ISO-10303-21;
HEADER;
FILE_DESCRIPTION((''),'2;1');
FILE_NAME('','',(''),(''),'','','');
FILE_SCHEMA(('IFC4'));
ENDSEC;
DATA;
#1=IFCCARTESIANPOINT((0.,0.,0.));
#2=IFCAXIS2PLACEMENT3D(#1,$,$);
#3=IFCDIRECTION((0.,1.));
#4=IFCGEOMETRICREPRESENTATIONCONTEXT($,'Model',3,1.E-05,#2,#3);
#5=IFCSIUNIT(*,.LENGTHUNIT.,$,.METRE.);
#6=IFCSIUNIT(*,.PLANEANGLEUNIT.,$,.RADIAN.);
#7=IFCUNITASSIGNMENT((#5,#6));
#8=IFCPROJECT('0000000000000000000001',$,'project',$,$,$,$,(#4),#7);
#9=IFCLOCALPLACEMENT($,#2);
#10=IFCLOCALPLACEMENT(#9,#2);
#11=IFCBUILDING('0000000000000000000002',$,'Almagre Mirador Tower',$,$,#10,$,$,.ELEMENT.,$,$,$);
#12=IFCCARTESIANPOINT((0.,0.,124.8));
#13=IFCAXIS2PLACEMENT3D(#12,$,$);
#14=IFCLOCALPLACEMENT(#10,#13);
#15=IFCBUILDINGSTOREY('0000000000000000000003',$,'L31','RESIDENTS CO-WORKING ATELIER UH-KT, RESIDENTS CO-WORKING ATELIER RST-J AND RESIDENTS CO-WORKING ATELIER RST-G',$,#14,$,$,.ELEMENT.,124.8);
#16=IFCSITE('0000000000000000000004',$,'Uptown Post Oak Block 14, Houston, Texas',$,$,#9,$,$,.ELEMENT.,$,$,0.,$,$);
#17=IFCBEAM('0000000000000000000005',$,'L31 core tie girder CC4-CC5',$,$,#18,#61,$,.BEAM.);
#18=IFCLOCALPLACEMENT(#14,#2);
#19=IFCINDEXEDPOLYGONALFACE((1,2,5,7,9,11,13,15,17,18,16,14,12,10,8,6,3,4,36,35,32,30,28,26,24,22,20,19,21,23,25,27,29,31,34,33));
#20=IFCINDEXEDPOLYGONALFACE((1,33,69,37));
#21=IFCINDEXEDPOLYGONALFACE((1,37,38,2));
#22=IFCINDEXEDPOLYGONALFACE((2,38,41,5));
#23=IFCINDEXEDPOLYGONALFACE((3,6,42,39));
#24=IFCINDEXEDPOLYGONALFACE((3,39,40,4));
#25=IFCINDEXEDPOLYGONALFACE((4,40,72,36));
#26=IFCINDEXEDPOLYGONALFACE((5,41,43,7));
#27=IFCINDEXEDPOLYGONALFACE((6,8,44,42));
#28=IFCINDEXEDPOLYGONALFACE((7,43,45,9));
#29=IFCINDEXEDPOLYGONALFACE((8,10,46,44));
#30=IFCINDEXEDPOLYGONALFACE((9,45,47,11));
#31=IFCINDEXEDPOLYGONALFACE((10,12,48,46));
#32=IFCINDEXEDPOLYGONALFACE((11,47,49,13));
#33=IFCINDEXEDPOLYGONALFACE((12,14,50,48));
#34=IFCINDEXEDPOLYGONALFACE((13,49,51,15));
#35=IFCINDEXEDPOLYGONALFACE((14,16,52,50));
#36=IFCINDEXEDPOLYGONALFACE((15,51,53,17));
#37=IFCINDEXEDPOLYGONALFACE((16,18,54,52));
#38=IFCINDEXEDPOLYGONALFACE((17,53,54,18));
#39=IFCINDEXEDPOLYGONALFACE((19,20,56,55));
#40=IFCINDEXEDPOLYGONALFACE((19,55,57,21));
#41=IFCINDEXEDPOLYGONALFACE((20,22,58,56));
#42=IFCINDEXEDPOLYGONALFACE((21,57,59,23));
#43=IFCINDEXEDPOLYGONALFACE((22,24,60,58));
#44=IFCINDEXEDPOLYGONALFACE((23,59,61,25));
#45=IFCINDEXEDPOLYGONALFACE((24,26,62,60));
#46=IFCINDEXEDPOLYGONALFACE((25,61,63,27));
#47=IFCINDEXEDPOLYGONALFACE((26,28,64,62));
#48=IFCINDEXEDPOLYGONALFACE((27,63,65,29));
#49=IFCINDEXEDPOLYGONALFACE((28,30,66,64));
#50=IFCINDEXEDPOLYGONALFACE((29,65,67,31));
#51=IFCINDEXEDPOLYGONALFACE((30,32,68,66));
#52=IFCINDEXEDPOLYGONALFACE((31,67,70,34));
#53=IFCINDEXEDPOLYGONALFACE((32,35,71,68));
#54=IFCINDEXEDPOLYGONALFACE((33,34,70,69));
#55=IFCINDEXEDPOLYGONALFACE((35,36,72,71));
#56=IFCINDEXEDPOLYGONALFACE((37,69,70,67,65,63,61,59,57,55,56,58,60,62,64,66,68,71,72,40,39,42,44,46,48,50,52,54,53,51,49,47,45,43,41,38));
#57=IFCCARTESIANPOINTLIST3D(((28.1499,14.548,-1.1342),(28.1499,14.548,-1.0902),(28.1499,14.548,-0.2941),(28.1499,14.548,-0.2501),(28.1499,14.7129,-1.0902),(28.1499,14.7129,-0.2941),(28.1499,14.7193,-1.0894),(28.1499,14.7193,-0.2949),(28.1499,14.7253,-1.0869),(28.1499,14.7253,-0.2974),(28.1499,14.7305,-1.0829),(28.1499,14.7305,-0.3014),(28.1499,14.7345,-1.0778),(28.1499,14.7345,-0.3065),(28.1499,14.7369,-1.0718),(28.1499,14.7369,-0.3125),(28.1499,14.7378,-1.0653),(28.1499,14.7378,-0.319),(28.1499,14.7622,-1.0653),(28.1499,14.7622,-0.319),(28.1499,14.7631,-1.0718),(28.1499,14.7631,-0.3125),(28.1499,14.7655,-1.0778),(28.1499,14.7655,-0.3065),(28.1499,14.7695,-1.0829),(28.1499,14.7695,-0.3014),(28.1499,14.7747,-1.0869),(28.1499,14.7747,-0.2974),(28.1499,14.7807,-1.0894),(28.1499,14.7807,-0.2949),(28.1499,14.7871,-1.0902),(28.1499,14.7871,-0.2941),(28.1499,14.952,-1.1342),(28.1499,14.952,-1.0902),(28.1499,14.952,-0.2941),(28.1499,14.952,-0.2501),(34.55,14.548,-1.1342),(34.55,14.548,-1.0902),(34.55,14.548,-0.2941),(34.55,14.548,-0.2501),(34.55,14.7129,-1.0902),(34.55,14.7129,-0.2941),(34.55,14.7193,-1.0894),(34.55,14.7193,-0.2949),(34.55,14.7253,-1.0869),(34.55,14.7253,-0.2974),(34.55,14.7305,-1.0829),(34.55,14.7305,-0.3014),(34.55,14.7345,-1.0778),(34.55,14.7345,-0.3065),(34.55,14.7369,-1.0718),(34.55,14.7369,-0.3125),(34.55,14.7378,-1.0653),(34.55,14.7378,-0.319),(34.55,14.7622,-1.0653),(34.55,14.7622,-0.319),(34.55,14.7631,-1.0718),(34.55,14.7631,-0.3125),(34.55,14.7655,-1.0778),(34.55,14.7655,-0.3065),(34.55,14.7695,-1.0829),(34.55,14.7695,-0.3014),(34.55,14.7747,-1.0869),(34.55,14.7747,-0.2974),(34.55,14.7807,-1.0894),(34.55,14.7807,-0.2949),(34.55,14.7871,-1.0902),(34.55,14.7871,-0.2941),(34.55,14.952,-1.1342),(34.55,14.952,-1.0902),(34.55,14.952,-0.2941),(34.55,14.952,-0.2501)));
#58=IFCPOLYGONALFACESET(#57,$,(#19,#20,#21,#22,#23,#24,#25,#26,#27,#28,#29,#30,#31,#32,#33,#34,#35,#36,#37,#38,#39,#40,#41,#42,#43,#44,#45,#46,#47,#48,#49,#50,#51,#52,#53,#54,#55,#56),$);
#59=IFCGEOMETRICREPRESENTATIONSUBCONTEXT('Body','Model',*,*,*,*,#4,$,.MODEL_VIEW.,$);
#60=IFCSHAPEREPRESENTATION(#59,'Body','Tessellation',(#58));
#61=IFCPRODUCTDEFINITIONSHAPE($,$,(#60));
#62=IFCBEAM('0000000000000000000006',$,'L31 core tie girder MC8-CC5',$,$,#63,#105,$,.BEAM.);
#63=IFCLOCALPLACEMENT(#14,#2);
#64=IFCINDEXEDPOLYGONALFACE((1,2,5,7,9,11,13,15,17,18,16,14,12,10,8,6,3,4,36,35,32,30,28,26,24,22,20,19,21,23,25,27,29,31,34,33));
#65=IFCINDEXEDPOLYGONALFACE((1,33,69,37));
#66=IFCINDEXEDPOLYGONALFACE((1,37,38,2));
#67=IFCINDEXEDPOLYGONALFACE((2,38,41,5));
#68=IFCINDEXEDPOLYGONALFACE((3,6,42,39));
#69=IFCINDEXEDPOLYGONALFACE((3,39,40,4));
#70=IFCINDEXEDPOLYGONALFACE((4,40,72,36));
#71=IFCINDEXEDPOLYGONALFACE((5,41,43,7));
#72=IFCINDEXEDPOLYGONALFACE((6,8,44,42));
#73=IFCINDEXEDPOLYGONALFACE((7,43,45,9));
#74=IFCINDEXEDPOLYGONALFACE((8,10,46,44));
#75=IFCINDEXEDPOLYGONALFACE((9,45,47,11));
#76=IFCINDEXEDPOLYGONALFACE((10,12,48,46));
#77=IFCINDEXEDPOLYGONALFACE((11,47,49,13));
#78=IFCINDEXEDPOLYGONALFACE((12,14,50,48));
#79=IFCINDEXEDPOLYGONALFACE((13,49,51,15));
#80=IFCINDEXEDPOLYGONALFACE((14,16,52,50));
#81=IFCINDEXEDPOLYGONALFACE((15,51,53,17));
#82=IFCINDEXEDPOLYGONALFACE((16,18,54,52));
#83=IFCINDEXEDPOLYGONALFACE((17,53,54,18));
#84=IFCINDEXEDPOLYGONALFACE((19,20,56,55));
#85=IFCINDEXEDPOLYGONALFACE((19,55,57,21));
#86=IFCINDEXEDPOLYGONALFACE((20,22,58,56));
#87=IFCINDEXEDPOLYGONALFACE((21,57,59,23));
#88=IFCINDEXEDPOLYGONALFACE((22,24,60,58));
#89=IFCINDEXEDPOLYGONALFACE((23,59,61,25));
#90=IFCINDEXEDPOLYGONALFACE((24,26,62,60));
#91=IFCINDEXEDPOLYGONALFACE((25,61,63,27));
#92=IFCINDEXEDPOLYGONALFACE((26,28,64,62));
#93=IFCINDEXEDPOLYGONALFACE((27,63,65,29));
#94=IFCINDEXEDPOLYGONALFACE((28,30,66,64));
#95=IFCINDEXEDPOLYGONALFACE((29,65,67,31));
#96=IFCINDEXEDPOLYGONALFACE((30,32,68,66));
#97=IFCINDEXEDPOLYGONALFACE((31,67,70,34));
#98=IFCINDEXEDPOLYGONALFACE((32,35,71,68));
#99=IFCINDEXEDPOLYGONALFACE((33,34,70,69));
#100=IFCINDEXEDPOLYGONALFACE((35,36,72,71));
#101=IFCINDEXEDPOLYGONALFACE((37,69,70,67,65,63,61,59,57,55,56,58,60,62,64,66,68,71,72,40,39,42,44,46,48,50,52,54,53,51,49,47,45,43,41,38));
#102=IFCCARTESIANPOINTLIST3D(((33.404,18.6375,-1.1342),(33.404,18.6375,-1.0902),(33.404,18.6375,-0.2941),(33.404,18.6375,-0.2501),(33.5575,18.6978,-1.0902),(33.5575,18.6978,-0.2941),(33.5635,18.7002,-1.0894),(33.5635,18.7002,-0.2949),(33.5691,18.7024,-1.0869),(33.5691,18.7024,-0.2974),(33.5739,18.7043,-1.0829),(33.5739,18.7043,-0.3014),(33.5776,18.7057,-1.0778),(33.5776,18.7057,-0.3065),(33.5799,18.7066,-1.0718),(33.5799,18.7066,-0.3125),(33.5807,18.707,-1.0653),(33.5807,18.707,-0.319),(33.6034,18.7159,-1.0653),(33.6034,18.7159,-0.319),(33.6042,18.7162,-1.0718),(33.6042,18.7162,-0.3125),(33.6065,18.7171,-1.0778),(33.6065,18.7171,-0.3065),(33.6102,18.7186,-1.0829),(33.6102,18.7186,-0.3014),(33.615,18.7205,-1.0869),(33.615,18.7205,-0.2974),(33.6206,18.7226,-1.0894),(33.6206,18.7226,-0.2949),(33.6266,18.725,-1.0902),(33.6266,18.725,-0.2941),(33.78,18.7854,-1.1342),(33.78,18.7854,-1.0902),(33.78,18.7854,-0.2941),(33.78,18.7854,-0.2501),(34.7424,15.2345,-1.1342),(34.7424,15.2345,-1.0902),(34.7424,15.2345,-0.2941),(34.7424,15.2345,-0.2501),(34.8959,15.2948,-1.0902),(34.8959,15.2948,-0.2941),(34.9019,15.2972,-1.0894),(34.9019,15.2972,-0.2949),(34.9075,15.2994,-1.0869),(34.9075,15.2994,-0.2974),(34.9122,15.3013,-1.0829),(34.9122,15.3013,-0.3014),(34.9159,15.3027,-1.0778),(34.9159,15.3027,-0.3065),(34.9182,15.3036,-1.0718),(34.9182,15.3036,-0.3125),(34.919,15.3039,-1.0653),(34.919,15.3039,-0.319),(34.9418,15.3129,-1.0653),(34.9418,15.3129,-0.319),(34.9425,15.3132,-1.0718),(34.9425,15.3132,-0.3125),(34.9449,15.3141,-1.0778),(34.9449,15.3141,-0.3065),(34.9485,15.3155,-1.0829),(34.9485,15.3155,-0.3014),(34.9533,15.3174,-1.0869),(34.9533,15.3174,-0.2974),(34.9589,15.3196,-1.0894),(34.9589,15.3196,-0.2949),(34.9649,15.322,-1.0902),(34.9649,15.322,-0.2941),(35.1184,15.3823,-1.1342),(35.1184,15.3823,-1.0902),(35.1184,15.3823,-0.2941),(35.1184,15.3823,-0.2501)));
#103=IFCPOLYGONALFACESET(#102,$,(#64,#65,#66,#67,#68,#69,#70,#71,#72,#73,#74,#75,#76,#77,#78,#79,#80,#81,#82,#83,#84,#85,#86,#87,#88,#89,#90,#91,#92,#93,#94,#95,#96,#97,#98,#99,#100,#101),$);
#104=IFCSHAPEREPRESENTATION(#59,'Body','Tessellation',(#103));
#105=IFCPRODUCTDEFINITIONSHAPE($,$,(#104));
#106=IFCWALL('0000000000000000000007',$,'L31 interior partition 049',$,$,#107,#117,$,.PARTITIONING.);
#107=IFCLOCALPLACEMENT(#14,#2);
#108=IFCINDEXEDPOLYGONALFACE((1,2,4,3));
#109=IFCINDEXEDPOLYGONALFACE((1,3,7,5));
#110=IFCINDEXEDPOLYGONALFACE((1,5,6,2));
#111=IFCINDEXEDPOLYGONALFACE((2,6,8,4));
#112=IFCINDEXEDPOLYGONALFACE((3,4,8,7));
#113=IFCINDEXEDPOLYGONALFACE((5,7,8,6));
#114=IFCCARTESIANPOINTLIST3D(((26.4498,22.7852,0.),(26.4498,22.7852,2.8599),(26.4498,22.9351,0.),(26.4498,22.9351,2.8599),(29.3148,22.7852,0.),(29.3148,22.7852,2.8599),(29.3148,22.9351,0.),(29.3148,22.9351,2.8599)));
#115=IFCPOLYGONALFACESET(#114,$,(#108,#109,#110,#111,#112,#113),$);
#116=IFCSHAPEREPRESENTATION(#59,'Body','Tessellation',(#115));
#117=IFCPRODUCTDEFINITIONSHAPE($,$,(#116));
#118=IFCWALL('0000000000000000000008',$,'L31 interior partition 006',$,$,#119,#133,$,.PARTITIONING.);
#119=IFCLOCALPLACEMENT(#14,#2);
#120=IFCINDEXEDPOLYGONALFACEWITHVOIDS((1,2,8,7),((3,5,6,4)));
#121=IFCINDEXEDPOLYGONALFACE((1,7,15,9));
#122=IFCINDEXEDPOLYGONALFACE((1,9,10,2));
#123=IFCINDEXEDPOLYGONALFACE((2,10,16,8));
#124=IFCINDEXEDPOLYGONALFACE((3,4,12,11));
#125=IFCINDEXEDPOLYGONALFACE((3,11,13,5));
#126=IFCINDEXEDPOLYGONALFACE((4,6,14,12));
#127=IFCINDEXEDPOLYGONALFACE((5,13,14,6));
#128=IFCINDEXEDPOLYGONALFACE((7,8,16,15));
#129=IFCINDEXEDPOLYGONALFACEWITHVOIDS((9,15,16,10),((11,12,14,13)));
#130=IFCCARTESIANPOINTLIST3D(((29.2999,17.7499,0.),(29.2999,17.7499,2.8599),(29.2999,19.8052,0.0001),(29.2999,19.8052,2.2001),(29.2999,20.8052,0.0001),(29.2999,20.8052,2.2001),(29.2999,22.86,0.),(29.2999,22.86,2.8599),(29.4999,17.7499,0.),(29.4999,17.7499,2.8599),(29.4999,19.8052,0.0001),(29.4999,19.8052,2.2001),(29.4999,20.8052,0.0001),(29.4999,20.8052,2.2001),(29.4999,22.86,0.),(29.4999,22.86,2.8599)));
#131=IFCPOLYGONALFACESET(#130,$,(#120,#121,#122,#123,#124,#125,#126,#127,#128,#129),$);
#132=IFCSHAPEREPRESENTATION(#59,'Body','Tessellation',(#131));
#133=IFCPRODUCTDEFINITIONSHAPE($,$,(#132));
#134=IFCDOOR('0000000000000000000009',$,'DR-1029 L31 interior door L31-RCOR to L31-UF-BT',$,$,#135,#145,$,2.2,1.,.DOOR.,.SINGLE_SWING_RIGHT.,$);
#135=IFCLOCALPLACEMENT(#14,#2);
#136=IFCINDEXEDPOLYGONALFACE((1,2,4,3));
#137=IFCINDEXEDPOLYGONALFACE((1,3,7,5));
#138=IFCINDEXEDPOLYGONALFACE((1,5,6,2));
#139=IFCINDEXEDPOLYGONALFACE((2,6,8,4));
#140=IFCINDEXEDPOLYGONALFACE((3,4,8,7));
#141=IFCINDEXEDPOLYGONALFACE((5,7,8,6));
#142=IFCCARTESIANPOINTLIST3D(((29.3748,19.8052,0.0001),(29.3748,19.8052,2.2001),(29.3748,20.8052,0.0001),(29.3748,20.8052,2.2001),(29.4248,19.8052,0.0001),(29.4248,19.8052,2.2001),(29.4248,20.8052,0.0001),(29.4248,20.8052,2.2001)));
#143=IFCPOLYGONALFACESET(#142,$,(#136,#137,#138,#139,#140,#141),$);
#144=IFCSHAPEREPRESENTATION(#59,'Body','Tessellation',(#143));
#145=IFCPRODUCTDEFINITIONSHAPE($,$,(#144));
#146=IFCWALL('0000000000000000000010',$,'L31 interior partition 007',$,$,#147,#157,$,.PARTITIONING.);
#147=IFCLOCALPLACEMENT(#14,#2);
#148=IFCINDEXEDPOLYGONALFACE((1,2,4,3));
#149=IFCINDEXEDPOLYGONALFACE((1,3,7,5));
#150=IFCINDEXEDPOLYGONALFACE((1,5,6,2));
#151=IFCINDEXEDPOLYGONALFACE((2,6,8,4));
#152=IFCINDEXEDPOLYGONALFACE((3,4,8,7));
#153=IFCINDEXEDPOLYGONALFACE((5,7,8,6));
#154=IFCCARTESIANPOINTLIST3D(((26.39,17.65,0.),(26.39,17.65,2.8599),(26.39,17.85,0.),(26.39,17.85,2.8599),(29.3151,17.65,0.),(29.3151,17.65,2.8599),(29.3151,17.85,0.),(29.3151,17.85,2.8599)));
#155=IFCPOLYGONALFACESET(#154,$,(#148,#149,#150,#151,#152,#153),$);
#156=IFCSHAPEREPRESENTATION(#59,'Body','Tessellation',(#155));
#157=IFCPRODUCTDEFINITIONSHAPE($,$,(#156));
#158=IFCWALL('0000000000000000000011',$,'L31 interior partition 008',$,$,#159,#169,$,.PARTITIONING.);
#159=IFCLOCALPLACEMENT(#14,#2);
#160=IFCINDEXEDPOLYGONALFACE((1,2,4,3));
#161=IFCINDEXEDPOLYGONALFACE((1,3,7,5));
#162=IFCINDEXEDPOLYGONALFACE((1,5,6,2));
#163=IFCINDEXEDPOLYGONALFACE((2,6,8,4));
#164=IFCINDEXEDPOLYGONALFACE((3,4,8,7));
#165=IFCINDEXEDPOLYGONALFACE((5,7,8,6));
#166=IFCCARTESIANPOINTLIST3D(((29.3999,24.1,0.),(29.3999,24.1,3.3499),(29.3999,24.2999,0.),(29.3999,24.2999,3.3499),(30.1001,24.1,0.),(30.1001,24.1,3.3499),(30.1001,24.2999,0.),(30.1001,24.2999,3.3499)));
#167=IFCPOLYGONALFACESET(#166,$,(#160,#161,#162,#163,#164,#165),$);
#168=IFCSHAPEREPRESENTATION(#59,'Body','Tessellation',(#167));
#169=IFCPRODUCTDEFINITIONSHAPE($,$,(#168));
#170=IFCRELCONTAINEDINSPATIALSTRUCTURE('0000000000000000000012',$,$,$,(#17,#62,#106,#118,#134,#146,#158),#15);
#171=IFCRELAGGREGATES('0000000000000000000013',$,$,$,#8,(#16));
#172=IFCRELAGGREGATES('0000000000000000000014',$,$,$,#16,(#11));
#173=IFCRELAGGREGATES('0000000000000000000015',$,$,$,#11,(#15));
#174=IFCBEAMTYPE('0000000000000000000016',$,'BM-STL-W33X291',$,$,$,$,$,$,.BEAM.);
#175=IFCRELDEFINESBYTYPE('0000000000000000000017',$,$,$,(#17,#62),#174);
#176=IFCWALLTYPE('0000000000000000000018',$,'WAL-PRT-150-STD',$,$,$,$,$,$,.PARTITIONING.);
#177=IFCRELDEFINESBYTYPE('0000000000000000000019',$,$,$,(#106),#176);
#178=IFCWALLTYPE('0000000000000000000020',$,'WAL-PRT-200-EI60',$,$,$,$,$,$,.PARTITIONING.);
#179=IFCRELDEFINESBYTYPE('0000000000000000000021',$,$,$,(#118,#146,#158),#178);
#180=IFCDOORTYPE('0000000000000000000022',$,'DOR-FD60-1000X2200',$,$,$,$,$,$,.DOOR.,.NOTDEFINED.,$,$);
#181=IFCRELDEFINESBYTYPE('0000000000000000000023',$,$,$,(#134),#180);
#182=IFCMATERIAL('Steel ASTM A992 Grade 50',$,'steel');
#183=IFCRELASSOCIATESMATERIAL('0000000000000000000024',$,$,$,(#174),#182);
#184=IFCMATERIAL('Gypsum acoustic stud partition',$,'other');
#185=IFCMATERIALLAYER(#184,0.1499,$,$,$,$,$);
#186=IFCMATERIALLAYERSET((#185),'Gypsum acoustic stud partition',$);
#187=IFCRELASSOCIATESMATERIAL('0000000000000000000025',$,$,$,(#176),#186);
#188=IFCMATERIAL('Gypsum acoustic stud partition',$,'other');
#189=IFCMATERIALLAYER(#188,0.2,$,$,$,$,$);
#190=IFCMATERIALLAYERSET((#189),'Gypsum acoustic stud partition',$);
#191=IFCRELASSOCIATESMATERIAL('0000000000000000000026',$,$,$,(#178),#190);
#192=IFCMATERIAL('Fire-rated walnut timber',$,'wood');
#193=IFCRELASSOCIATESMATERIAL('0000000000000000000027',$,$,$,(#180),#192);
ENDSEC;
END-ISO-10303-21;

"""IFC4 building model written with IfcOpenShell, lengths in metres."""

from ifc_helpers import new_model, si_unit, direction, frame, frame_2d, origin, origin_2d, place, context, subcontext, project, spatial, rectangle, i_section, extrude, material, layer, layer_set, material_profile, profile_set, type_object, element, fill, save


model = new_model("IFC4")

# Units and contexts
model_context = context("Model", 3, precision=1e-05, world=origin(), true_north=direction((0.0, 1.0)))
body_context = subcontext(model_context, "Body", "Model", "MODEL_VIEW")
ifc_project = project(units=[si_unit("LENGTHUNIT", "METRE"), si_unit("PLANEANGLEUNIT", "RADIAN")], contexts=[model_context])

# Site, building, storey
site_placement = place(None, origin())
site = spatial("IfcSite", under=ifc_project, at=site_placement, Name="Uptown Post Oak Block 14, Houston, Texas", CompositionType="ELEMENT", RefElevation=0.0)
building_placement = place(site_placement, origin())
building = spatial("IfcBuilding", under=site, at=building_placement, Name="Almagre Mirador Tower", CompositionType="ELEMENT")
storey_placement = place(building_placement, frame((0.0, 0.0, 124.8)))
storey = spatial("IfcBuildingStorey", under=building, at=storey_placement, Name="L31", Description="RESIDENTS CO-WORKING ATELIER UH-KT, RESIDENTS CO-WORKING ATELIER RST-J AND RESIDENTS CO-WORKING ATELIER RST-G", CompositionType="ELEMENT", Elevation=124.8)

# Beams
ifc_material_1 = material(Name="Steel ASTM A992 Grade 50", Category="steel")
ifc_material_profile_1 = material_profile(ifc_material_1, i_section(OverallWidth=0.4041, OverallDepth=0.884, WebThickness=0.0244, FlangeThickness=0.0439, FilletRadius=0.0249, at=origin_2d()), Name="W33X291")
ifc_profile_set_1 = profile_set([ifc_material_profile_1], Name="Steel ASTM A992 Grade 50")
beam_type_1 = type_object("IfcBeamType", Name="BM-STL-W33X291", PredefinedType="BEAM", material=ifc_profile_set_1)
beam_1_placement = place(storey_placement, frame((28.1499, 14.75, -0.6921), z_axis=(1.0, 0.0, 0.0), x_axis=(0.0, 1.0, 0.0)))
element("IfcBeam", 1, at=beam_1_placement, inside=storey, type_object=beam_type_1, Name="L31 core tie girder CC4-CC5", PredefinedType="BEAM", context=body_context, shape_type="SweptSolid", body=[
    extrude(i_section(OverallWidth=0.4041, OverallDepth=0.884, WebThickness=0.0244, FlangeThickness=0.0439, FilletRadius=0.0249, at=origin_2d()), origin(), (0.0, 0.0, 1.0), 6.4001),
])
beam_2_placement = place(storey_placement, frame((33.592, 18.7114, -0.6921), z_axis=(0.365997, -0.930616, 0.0), x_axis=(0.930616, 0.365997, 0.0)))
element("IfcBeam", 2, at=beam_2_placement, inside=storey, type_object=beam_type_1, Name="L31 core tie girder MC8-CC5", PredefinedType="BEAM", context=body_context, shape_type="SweptSolid", body=[
    extrude(i_section(OverallWidth=0.4041, OverallDepth=0.884, WebThickness=0.0244, FlangeThickness=0.0439, FilletRadius=0.0249, at=origin_2d()), origin(), (0.0, 0.0, 1.0), 3.6567),
])

# Wall
ifc_material_2 = material(Name="Gypsum acoustic stud partition", Category="other")
ifc_layer_1 = layer(ifc_material_2, 0.1499)
ifc_layer_set_1 = layer_set([ifc_layer_1], Name="Gypsum acoustic stud partition")
wall_type_1 = type_object("IfcWallType", Name="WAL-PRT-150-STD", PredefinedType="PARTITIONING", material=ifc_layer_set_1)
wall_1_placement = place(storey_placement, frame((29.3149, 22.8601, 0.0), z_axis=(0.0, 0.0, 1.0), x_axis=(-1.0, 0.0, 0.0)))
element("IfcWall", 3, at=wall_1_placement, inside=storey, type_object=wall_type_1, Name="L31 interior partition 049", PredefinedType="PARTITIONING", context=body_context, shape_type="SweptSolid", body=[
    extrude(rectangle(XDim=2.865, YDim=0.1499, at=frame_2d((1.4326, 0.0))), origin(), (0.0, 0.0, 1.0), 2.8599),
])

# Wall, opening, door
ifc_material_3 = material(Name="Gypsum acoustic stud partition", Category="other")
ifc_layer_2 = layer(ifc_material_3, 0.2)
ifc_layer_set_2 = layer_set([ifc_layer_2], Name="Gypsum acoustic stud partition")
wall_type_2 = type_object("IfcWallType", Name="WAL-PRT-200-EI60", PredefinedType="PARTITIONING", material=ifc_layer_set_2)
wall_2_placement = place(storey_placement, frame((29.3999, 22.8601, 0.0), z_axis=(0.0, 0.0, 1.0), x_axis=(0.0, -1.0, 0.0)))
wall_2 = element("IfcWall", 4, at=wall_2_placement, inside=storey, type_object=wall_type_2, Name="L31 interior partition 006", PredefinedType="PARTITIONING", context=body_context, shape_type="SweptSolid", body=[
    extrude(rectangle(XDim=5.1101, YDim=0.2, at=frame_2d((2.5552, 0.0))), origin(), (0.0, 0.0, 1.0), 2.8599),
])
opening_1_placement = place(wall_2_placement, frame((2.0549, 0.0, 0.0)))
opening_1 = element("IfcOpeningElement", 5, at=opening_1_placement, cuts=wall_2, PredefinedType="OPENING", context=body_context, shape_type="SweptSolid", body=[
    extrude(rectangle(XDim=1.0, YDim=2.2, at=frame_2d((0.5, 1.1001))), frame((0.0, 0.1101, 0.0), z_axis=(0.0, -1.0, 0.0), x_axis=(1.0, 0.0, 0.0)), (0.0, 0.0, 1.0), 0.22),
])
ifc_material_4 = material(Name="Fire-rated walnut timber", Category="wood")
door_type_1 = type_object("IfcDoorType", Name="DOR-FD60-1000X2200", OperationType="NOTDEFINED", PredefinedType="DOOR", material=ifc_material_4)
door_1_placement = place(opening_1_placement, origin())
door_1 = element("IfcDoor", 6, at=door_1_placement, inside=storey, type_object=door_type_1, Name="DR-1029 L31 interior door L31-RCOR to L31-UF-BT", OperationType="SINGLE_SWING_RIGHT", OverallHeight=2.2, OverallWidth=1.0, PredefinedType="DOOR", context=body_context, shape_type="SweptSolid", body=[
    extrude(rectangle(XDim=1.0, YDim=2.2, at=frame_2d((0.5, 1.1001))), frame((0.0, 0.0249, 0.0), z_axis=(0.0, -1.0, 0.0), x_axis=(1.0, 0.0, 0.0)), (0.0, 0.0, 1.0), 0.05),
])
fill(opening_1, door_1)

# Walls
wall_3_placement = place(storey_placement, frame((29.3149, 17.75, 0.0), z_axis=(0.0, 0.0, 1.0), x_axis=(-1.0, 0.0, 0.0)))
element("IfcWall", 7, at=wall_3_placement, inside=storey, type_object=wall_type_2, Name="L31 interior partition 007", PredefinedType="PARTITIONING", context=body_context, shape_type="SweptSolid", body=[
    extrude(rectangle(XDim=2.925, YDim=0.2, at=frame_2d((1.4624, 0.0))), origin(), (0.0, 0.0, 1.0), 2.8599),
])
wall_4_placement = place(storey_placement, frame((30.1001, 24.2, 0.0), z_axis=(0.0, 0.0, 1.0), x_axis=(-1.0, 0.0, 0.0)))
element("IfcWall", 8, at=wall_4_placement, inside=storey, type_object=wall_type_2, Name="L31 interior partition 008", PredefinedType="PARTITIONING", context=body_context, shape_type="SweptSolid", body=[
    extrude(rectangle(XDim=0.7002, YDim=0.2, at=frame_2d((0.3501, 0.0))), origin(), (0.0, 0.0, 1.0), 3.3499),
])

save(model, "model.ifc")
